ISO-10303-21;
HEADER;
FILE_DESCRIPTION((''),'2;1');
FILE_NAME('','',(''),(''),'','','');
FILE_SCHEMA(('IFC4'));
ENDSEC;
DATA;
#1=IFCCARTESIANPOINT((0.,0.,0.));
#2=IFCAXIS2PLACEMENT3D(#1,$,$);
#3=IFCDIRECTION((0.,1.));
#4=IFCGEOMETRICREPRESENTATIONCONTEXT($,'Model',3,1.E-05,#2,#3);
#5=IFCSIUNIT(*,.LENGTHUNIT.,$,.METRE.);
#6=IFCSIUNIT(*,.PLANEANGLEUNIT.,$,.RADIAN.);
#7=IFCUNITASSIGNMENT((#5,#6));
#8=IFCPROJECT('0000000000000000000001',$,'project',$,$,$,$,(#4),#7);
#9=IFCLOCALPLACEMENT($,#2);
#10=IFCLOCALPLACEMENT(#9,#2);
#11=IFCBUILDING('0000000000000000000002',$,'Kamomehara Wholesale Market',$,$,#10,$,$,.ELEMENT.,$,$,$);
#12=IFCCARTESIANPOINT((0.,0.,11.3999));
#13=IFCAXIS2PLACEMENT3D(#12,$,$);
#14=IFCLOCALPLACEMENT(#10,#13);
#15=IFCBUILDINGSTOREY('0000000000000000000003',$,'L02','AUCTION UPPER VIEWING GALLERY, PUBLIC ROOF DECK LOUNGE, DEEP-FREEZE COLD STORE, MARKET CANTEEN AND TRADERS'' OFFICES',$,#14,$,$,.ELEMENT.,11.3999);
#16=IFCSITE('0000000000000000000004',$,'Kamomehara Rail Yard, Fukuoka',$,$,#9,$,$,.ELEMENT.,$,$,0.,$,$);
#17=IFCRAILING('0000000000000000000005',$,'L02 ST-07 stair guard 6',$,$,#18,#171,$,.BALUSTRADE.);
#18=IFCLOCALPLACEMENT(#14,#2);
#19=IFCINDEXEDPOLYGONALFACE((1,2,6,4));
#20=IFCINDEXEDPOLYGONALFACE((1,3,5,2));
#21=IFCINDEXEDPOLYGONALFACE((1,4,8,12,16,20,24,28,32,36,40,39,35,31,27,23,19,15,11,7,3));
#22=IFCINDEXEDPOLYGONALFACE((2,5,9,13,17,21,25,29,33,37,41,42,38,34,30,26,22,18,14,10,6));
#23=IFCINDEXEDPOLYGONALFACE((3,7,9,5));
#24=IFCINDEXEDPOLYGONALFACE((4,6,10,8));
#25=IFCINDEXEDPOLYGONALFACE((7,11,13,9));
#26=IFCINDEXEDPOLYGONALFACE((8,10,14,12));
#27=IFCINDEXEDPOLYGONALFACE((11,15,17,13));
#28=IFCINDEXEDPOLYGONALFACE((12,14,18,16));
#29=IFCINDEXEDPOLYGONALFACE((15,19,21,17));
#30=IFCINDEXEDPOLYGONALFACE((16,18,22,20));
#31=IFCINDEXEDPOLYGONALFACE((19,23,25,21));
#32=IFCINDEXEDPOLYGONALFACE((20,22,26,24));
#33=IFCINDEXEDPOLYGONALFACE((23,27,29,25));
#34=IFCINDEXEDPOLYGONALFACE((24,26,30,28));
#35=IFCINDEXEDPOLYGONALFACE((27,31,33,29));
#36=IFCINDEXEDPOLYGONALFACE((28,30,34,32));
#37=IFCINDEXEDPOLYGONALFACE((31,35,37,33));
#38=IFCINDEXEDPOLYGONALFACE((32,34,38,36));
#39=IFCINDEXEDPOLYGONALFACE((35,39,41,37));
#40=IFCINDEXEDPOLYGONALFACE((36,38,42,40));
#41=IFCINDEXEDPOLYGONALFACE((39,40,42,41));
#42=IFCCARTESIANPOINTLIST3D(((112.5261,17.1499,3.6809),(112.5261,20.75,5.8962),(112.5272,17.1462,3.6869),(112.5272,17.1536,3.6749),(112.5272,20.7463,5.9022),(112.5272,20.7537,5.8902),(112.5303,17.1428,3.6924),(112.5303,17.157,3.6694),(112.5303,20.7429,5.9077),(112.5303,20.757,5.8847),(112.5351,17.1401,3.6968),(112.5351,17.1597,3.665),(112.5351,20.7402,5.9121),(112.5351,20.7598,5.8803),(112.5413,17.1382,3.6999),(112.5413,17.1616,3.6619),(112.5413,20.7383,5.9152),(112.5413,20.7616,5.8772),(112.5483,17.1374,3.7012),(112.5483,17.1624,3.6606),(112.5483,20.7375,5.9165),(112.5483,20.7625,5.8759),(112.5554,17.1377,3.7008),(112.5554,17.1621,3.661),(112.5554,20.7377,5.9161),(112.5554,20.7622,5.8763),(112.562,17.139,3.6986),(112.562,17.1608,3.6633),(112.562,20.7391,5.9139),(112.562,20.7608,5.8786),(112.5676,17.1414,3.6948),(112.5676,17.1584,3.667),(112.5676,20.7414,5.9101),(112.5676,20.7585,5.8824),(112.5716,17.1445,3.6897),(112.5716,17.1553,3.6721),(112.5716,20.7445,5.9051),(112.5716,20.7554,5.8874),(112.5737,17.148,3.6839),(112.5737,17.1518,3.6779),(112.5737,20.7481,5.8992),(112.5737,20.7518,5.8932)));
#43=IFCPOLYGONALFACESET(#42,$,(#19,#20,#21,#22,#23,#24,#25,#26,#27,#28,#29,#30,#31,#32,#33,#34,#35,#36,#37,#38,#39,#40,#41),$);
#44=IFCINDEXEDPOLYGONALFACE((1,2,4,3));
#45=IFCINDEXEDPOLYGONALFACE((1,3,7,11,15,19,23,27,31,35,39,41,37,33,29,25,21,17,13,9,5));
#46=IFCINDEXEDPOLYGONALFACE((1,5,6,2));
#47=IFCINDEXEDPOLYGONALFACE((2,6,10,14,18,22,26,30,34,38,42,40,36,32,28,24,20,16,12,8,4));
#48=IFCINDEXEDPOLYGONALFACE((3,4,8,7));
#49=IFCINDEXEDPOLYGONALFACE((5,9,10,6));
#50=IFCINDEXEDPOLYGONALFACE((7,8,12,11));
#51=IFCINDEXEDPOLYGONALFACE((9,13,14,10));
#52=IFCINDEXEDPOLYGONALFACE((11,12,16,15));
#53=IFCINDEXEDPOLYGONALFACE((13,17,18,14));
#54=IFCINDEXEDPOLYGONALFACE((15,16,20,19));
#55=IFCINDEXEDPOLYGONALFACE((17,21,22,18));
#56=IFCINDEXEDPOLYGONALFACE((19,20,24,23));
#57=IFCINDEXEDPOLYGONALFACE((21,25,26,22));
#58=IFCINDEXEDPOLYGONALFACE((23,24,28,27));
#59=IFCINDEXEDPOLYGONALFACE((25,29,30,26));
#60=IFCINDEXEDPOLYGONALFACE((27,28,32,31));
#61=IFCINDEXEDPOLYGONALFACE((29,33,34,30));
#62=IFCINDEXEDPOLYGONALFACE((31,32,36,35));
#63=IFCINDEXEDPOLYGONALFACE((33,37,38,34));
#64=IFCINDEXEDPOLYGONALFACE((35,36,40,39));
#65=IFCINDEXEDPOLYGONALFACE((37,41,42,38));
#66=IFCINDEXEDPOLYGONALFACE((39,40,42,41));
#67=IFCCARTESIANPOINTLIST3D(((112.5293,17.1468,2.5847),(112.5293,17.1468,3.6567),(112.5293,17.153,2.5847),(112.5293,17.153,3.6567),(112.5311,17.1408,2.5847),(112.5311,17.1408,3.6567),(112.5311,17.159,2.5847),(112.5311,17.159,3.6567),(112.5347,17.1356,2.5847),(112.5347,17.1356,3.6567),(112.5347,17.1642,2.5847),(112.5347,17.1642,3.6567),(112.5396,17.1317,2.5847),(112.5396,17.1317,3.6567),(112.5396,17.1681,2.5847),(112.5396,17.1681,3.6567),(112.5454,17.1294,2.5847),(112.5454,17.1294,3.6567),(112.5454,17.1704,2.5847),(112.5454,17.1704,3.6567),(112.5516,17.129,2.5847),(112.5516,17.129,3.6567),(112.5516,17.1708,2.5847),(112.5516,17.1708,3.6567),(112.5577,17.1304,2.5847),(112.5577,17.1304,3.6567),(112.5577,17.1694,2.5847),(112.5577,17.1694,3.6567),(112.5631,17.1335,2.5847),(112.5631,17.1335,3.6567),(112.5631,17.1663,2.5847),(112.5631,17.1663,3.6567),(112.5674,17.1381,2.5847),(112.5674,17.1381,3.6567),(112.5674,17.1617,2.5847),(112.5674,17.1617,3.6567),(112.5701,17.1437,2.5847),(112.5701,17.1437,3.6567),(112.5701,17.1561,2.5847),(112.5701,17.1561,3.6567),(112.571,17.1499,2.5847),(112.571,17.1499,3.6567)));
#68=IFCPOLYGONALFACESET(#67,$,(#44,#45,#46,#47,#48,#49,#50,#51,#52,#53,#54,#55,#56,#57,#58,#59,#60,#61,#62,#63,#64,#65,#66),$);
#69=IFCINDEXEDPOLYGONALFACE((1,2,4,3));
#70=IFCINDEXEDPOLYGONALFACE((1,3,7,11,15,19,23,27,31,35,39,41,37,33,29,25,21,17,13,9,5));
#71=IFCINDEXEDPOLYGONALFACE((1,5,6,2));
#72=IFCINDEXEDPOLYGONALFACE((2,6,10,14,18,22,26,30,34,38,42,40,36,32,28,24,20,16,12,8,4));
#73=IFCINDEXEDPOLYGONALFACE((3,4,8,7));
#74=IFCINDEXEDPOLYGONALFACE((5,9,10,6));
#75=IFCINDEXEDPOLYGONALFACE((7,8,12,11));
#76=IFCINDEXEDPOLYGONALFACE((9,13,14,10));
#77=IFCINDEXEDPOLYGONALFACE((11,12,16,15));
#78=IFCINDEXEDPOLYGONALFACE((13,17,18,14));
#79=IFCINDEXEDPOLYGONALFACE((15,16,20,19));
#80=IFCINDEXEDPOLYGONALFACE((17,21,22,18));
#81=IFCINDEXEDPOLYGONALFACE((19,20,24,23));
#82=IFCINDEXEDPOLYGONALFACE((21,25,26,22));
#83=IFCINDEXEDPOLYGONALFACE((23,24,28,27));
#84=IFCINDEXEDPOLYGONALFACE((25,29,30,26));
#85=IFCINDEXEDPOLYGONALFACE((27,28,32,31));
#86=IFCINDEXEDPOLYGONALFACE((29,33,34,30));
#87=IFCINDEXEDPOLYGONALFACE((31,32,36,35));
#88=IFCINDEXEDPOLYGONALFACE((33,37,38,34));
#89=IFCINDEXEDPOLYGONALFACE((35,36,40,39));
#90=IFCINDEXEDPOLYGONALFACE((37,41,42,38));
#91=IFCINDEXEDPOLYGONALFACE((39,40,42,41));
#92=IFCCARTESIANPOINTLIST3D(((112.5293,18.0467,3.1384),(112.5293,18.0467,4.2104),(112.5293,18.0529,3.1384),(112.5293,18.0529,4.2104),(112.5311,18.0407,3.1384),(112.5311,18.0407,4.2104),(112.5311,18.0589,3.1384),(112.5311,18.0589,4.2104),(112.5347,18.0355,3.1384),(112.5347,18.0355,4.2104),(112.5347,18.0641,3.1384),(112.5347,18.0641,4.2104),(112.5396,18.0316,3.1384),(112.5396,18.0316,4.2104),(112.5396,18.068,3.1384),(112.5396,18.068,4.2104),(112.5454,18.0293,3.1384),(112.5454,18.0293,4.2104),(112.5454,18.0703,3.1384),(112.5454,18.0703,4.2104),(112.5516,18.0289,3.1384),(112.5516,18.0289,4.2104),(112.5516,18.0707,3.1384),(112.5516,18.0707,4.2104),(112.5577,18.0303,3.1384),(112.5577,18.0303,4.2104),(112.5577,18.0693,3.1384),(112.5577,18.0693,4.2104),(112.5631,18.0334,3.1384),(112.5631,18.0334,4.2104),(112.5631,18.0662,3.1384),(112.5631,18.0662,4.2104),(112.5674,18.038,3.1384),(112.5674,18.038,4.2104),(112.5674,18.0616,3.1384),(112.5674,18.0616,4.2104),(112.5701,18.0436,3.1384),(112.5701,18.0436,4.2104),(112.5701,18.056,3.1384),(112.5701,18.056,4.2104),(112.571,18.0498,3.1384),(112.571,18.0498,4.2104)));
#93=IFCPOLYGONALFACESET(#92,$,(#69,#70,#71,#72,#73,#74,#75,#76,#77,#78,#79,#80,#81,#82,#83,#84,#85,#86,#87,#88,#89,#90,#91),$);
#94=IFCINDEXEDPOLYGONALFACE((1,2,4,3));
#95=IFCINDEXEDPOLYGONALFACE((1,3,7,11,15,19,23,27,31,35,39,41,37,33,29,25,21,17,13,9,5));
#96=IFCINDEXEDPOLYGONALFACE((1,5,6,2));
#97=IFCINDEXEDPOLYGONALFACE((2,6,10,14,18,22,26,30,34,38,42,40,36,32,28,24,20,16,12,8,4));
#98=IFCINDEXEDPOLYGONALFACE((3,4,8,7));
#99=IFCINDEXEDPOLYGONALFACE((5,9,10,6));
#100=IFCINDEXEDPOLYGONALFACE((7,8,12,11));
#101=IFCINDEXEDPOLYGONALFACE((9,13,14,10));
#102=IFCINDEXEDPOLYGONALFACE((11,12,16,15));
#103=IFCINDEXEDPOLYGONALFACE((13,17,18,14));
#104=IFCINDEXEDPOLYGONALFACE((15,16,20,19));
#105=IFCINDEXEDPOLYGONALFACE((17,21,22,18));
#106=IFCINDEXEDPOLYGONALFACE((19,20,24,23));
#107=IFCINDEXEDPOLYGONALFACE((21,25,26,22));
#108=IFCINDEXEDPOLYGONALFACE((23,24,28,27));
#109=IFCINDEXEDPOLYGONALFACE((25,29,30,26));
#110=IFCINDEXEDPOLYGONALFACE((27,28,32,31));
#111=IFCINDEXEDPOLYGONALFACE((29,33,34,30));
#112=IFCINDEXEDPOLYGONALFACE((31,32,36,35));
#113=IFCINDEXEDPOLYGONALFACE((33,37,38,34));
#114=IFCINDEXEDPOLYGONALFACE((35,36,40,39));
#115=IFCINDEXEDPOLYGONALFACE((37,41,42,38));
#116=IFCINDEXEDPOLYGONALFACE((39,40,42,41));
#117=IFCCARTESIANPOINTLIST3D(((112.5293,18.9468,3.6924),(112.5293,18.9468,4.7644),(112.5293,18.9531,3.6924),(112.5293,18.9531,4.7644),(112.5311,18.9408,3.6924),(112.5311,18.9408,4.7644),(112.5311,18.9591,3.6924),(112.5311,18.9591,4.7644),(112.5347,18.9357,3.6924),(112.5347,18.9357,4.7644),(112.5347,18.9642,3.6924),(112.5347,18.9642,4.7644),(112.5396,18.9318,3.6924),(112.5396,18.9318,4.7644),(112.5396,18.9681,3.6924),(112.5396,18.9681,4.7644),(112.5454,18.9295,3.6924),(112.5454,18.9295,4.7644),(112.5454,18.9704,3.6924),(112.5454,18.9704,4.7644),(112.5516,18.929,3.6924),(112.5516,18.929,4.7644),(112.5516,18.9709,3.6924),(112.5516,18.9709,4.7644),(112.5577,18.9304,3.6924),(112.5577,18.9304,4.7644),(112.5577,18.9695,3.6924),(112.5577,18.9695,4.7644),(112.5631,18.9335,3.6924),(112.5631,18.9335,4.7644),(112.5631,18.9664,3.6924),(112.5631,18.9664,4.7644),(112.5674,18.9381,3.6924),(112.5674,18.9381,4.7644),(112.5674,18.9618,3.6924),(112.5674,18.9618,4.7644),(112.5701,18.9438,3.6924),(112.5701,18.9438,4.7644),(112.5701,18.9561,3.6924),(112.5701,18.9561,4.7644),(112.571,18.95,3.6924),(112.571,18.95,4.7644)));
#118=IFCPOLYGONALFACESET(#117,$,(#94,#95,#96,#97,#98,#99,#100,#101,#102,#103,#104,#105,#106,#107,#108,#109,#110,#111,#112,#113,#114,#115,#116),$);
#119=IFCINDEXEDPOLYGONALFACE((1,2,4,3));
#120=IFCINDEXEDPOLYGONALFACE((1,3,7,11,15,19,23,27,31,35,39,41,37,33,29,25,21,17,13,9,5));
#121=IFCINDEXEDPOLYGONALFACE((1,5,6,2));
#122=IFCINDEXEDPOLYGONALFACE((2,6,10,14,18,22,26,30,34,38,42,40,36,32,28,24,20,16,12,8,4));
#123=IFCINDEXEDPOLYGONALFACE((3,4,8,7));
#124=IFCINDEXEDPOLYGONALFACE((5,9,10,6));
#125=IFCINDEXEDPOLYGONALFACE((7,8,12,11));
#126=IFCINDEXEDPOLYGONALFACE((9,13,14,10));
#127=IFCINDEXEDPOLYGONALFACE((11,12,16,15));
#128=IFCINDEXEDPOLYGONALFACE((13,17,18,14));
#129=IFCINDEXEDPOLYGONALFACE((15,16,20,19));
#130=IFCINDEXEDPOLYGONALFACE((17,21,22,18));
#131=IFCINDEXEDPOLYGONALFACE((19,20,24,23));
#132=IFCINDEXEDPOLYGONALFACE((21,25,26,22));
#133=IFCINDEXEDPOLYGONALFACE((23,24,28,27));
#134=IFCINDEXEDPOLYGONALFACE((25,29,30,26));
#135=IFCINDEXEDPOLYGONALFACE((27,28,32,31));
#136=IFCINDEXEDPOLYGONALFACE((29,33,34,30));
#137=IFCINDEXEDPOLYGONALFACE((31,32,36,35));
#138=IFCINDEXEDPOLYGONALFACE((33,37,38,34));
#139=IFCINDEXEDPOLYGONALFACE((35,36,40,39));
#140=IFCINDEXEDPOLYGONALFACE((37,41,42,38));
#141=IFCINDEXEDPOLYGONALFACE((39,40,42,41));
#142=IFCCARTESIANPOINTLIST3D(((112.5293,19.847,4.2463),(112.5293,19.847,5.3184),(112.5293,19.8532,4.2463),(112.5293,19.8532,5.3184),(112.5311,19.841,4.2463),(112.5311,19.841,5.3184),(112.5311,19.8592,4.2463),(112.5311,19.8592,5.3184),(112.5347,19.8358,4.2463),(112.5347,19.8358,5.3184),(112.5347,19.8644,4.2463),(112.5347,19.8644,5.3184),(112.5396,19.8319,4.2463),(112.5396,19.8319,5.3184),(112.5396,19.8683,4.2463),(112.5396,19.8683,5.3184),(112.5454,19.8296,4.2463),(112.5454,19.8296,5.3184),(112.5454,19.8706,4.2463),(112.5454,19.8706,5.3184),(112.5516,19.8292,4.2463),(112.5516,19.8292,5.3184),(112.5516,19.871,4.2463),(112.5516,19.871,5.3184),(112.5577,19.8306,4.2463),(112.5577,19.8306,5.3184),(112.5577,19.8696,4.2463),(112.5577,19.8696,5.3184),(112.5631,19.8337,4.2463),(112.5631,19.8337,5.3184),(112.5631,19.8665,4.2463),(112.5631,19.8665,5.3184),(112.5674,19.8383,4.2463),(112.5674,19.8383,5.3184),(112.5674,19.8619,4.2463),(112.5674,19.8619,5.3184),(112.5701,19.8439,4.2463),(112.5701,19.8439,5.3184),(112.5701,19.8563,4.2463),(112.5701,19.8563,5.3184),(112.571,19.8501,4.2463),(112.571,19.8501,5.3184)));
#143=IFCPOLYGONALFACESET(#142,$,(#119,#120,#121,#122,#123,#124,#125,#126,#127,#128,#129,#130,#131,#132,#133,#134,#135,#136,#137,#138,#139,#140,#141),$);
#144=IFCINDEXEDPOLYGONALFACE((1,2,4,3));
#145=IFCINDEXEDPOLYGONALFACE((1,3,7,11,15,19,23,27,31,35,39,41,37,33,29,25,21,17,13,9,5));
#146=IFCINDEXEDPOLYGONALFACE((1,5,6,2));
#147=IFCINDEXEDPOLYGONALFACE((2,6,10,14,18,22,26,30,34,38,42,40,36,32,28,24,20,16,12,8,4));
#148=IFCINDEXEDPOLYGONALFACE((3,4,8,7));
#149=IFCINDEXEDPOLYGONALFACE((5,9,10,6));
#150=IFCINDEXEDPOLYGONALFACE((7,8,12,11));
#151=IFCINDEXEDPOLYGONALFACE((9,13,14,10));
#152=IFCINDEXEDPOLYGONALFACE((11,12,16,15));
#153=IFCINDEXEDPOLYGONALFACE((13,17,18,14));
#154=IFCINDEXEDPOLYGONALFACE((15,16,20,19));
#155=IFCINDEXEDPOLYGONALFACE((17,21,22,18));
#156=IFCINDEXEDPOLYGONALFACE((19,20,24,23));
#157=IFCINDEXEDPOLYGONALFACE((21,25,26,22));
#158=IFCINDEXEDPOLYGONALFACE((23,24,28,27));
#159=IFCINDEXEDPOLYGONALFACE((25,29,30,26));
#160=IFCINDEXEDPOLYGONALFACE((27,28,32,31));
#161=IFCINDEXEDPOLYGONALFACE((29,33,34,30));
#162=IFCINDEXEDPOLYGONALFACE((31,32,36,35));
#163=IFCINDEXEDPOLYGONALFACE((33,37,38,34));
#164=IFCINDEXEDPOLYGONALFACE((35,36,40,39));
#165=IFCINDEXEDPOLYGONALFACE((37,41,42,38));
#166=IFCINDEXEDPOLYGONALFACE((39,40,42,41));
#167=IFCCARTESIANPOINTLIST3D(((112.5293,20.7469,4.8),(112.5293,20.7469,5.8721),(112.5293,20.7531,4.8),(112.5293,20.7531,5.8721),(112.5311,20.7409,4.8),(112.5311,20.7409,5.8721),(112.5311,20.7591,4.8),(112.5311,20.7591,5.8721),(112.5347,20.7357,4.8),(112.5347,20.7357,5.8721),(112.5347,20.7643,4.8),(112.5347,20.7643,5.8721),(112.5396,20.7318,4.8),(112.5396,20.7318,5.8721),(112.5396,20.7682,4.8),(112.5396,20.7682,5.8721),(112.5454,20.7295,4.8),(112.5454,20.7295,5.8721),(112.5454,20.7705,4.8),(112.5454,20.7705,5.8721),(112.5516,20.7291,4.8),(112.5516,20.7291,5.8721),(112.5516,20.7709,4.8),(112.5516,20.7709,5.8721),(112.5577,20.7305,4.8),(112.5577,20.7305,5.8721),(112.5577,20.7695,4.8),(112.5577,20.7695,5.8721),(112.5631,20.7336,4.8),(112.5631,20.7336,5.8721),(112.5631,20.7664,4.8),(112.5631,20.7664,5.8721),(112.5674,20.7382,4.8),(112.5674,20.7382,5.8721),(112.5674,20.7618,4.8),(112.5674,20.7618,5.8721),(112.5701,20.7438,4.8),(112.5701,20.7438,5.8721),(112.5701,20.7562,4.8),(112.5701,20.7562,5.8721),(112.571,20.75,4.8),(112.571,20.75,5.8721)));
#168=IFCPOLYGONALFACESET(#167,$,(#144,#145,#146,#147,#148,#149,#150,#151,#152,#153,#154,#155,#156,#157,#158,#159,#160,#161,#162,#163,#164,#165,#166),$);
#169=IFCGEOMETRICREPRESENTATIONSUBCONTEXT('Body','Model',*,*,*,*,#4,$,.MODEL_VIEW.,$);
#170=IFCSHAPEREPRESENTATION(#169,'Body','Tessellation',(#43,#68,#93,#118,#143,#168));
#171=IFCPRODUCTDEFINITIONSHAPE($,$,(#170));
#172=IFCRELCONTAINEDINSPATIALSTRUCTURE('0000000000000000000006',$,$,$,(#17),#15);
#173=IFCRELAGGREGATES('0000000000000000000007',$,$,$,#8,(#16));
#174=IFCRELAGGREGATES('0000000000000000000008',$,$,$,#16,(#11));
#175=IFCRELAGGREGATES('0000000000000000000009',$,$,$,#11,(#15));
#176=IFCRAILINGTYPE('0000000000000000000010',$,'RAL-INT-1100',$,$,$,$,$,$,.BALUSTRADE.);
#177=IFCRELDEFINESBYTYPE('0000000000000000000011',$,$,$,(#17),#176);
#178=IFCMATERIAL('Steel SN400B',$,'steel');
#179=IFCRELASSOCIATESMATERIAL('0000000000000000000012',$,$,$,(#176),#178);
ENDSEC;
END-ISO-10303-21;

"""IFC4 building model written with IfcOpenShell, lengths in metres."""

from ifc_helpers import new_model, si_unit, direction, frame, origin, origin_2d, place, context, subcontext, project, spatial, circle, extrude, material, type_object, element, save


model = new_model("IFC4")

# Units and contexts
model_context = context("Model", 3, precision=1e-05, world=origin(), true_north=direction((0.0, 1.0)))
body_context = subcontext(model_context, "Body", "Model", "MODEL_VIEW")
ifc_project = project(units=[si_unit("LENGTHUNIT", "METRE"), si_unit("PLANEANGLEUNIT", "RADIAN")], contexts=[model_context])

# Site, building, storey
site_placement = place(None, origin())
site = spatial("IfcSite", under=ifc_project, at=site_placement, Name="Kamomehara Rail Yard, Fukuoka", CompositionType="ELEMENT", RefElevation=0.0)
building_placement = place(site_placement, origin())
building = spatial("IfcBuilding", under=site, at=building_placement, Name="Kamomehara Wholesale Market", CompositionType="ELEMENT")
storey_placement = place(building_placement, frame((0.0, 0.0, 11.3999)))
storey = spatial("IfcBuildingStorey", under=building, at=storey_placement, Name="L02", Description="AUCTION UPPER VIEWING GALLERY, PUBLIC ROOF DECK LOUNGE, DEEP-FREEZE COLD STORE, MARKET CANTEEN AND TRADERS' OFFICES", CompositionType="ELEMENT", Elevation=11.3999)

# Railing
ifc_material_1 = material(Name="Steel SN400B", Category="steel")
railing_type_1 = type_object("IfcRailingType", Name="RAL-INT-1100", PredefinedType="BALUSTRADE", material=ifc_material_1)
railing_1_placement = place(storey_placement, frame((112.55, 17.1499, 2.5847)))
element("IfcRailing", 1, at=railing_1_placement, inside=storey, type_object=railing_type_1, Name="L02 ST-07 stair guard 6", PredefinedType="BALUSTRADE", context=body_context, shape_type="SweptSolid", body=[
    extrude(circle(Radius=0.0239, at=origin_2d()), frame((0.0, 0.0, 1.0962), z_axis=(0.0, 0.85167, 0.524078), x_axis=(-1.0, 0.0, 0.0)), (0.0, 0.0, 1.0), 4.2271),
    extrude(circle(Radius=0.021, at=origin_2d()), origin(), (0.0, 0.0, 1.0), 1.072),
    extrude(circle(Radius=0.021, at=origin_2d()), frame((0.0, 0.8999, 0.5537)), (0.0, 0.0, 1.0), 1.072),
    extrude(circle(Radius=0.021, at=origin_2d()), frame((0.0, 1.8, 1.1077)), (0.0, 0.0, 1.0), 1.072),
    extrude(circle(Radius=0.021, at=origin_2d()), frame((0.0, 2.7002, 1.6616)), (0.0, 0.0, 1.0), 1.072),
    extrude(circle(Radius=0.021, at=origin_2d()), frame((0.0, 3.6001, 2.2153)), (0.0, 0.0, 1.0), 1.072),
])

save(model, "model.ifc")
